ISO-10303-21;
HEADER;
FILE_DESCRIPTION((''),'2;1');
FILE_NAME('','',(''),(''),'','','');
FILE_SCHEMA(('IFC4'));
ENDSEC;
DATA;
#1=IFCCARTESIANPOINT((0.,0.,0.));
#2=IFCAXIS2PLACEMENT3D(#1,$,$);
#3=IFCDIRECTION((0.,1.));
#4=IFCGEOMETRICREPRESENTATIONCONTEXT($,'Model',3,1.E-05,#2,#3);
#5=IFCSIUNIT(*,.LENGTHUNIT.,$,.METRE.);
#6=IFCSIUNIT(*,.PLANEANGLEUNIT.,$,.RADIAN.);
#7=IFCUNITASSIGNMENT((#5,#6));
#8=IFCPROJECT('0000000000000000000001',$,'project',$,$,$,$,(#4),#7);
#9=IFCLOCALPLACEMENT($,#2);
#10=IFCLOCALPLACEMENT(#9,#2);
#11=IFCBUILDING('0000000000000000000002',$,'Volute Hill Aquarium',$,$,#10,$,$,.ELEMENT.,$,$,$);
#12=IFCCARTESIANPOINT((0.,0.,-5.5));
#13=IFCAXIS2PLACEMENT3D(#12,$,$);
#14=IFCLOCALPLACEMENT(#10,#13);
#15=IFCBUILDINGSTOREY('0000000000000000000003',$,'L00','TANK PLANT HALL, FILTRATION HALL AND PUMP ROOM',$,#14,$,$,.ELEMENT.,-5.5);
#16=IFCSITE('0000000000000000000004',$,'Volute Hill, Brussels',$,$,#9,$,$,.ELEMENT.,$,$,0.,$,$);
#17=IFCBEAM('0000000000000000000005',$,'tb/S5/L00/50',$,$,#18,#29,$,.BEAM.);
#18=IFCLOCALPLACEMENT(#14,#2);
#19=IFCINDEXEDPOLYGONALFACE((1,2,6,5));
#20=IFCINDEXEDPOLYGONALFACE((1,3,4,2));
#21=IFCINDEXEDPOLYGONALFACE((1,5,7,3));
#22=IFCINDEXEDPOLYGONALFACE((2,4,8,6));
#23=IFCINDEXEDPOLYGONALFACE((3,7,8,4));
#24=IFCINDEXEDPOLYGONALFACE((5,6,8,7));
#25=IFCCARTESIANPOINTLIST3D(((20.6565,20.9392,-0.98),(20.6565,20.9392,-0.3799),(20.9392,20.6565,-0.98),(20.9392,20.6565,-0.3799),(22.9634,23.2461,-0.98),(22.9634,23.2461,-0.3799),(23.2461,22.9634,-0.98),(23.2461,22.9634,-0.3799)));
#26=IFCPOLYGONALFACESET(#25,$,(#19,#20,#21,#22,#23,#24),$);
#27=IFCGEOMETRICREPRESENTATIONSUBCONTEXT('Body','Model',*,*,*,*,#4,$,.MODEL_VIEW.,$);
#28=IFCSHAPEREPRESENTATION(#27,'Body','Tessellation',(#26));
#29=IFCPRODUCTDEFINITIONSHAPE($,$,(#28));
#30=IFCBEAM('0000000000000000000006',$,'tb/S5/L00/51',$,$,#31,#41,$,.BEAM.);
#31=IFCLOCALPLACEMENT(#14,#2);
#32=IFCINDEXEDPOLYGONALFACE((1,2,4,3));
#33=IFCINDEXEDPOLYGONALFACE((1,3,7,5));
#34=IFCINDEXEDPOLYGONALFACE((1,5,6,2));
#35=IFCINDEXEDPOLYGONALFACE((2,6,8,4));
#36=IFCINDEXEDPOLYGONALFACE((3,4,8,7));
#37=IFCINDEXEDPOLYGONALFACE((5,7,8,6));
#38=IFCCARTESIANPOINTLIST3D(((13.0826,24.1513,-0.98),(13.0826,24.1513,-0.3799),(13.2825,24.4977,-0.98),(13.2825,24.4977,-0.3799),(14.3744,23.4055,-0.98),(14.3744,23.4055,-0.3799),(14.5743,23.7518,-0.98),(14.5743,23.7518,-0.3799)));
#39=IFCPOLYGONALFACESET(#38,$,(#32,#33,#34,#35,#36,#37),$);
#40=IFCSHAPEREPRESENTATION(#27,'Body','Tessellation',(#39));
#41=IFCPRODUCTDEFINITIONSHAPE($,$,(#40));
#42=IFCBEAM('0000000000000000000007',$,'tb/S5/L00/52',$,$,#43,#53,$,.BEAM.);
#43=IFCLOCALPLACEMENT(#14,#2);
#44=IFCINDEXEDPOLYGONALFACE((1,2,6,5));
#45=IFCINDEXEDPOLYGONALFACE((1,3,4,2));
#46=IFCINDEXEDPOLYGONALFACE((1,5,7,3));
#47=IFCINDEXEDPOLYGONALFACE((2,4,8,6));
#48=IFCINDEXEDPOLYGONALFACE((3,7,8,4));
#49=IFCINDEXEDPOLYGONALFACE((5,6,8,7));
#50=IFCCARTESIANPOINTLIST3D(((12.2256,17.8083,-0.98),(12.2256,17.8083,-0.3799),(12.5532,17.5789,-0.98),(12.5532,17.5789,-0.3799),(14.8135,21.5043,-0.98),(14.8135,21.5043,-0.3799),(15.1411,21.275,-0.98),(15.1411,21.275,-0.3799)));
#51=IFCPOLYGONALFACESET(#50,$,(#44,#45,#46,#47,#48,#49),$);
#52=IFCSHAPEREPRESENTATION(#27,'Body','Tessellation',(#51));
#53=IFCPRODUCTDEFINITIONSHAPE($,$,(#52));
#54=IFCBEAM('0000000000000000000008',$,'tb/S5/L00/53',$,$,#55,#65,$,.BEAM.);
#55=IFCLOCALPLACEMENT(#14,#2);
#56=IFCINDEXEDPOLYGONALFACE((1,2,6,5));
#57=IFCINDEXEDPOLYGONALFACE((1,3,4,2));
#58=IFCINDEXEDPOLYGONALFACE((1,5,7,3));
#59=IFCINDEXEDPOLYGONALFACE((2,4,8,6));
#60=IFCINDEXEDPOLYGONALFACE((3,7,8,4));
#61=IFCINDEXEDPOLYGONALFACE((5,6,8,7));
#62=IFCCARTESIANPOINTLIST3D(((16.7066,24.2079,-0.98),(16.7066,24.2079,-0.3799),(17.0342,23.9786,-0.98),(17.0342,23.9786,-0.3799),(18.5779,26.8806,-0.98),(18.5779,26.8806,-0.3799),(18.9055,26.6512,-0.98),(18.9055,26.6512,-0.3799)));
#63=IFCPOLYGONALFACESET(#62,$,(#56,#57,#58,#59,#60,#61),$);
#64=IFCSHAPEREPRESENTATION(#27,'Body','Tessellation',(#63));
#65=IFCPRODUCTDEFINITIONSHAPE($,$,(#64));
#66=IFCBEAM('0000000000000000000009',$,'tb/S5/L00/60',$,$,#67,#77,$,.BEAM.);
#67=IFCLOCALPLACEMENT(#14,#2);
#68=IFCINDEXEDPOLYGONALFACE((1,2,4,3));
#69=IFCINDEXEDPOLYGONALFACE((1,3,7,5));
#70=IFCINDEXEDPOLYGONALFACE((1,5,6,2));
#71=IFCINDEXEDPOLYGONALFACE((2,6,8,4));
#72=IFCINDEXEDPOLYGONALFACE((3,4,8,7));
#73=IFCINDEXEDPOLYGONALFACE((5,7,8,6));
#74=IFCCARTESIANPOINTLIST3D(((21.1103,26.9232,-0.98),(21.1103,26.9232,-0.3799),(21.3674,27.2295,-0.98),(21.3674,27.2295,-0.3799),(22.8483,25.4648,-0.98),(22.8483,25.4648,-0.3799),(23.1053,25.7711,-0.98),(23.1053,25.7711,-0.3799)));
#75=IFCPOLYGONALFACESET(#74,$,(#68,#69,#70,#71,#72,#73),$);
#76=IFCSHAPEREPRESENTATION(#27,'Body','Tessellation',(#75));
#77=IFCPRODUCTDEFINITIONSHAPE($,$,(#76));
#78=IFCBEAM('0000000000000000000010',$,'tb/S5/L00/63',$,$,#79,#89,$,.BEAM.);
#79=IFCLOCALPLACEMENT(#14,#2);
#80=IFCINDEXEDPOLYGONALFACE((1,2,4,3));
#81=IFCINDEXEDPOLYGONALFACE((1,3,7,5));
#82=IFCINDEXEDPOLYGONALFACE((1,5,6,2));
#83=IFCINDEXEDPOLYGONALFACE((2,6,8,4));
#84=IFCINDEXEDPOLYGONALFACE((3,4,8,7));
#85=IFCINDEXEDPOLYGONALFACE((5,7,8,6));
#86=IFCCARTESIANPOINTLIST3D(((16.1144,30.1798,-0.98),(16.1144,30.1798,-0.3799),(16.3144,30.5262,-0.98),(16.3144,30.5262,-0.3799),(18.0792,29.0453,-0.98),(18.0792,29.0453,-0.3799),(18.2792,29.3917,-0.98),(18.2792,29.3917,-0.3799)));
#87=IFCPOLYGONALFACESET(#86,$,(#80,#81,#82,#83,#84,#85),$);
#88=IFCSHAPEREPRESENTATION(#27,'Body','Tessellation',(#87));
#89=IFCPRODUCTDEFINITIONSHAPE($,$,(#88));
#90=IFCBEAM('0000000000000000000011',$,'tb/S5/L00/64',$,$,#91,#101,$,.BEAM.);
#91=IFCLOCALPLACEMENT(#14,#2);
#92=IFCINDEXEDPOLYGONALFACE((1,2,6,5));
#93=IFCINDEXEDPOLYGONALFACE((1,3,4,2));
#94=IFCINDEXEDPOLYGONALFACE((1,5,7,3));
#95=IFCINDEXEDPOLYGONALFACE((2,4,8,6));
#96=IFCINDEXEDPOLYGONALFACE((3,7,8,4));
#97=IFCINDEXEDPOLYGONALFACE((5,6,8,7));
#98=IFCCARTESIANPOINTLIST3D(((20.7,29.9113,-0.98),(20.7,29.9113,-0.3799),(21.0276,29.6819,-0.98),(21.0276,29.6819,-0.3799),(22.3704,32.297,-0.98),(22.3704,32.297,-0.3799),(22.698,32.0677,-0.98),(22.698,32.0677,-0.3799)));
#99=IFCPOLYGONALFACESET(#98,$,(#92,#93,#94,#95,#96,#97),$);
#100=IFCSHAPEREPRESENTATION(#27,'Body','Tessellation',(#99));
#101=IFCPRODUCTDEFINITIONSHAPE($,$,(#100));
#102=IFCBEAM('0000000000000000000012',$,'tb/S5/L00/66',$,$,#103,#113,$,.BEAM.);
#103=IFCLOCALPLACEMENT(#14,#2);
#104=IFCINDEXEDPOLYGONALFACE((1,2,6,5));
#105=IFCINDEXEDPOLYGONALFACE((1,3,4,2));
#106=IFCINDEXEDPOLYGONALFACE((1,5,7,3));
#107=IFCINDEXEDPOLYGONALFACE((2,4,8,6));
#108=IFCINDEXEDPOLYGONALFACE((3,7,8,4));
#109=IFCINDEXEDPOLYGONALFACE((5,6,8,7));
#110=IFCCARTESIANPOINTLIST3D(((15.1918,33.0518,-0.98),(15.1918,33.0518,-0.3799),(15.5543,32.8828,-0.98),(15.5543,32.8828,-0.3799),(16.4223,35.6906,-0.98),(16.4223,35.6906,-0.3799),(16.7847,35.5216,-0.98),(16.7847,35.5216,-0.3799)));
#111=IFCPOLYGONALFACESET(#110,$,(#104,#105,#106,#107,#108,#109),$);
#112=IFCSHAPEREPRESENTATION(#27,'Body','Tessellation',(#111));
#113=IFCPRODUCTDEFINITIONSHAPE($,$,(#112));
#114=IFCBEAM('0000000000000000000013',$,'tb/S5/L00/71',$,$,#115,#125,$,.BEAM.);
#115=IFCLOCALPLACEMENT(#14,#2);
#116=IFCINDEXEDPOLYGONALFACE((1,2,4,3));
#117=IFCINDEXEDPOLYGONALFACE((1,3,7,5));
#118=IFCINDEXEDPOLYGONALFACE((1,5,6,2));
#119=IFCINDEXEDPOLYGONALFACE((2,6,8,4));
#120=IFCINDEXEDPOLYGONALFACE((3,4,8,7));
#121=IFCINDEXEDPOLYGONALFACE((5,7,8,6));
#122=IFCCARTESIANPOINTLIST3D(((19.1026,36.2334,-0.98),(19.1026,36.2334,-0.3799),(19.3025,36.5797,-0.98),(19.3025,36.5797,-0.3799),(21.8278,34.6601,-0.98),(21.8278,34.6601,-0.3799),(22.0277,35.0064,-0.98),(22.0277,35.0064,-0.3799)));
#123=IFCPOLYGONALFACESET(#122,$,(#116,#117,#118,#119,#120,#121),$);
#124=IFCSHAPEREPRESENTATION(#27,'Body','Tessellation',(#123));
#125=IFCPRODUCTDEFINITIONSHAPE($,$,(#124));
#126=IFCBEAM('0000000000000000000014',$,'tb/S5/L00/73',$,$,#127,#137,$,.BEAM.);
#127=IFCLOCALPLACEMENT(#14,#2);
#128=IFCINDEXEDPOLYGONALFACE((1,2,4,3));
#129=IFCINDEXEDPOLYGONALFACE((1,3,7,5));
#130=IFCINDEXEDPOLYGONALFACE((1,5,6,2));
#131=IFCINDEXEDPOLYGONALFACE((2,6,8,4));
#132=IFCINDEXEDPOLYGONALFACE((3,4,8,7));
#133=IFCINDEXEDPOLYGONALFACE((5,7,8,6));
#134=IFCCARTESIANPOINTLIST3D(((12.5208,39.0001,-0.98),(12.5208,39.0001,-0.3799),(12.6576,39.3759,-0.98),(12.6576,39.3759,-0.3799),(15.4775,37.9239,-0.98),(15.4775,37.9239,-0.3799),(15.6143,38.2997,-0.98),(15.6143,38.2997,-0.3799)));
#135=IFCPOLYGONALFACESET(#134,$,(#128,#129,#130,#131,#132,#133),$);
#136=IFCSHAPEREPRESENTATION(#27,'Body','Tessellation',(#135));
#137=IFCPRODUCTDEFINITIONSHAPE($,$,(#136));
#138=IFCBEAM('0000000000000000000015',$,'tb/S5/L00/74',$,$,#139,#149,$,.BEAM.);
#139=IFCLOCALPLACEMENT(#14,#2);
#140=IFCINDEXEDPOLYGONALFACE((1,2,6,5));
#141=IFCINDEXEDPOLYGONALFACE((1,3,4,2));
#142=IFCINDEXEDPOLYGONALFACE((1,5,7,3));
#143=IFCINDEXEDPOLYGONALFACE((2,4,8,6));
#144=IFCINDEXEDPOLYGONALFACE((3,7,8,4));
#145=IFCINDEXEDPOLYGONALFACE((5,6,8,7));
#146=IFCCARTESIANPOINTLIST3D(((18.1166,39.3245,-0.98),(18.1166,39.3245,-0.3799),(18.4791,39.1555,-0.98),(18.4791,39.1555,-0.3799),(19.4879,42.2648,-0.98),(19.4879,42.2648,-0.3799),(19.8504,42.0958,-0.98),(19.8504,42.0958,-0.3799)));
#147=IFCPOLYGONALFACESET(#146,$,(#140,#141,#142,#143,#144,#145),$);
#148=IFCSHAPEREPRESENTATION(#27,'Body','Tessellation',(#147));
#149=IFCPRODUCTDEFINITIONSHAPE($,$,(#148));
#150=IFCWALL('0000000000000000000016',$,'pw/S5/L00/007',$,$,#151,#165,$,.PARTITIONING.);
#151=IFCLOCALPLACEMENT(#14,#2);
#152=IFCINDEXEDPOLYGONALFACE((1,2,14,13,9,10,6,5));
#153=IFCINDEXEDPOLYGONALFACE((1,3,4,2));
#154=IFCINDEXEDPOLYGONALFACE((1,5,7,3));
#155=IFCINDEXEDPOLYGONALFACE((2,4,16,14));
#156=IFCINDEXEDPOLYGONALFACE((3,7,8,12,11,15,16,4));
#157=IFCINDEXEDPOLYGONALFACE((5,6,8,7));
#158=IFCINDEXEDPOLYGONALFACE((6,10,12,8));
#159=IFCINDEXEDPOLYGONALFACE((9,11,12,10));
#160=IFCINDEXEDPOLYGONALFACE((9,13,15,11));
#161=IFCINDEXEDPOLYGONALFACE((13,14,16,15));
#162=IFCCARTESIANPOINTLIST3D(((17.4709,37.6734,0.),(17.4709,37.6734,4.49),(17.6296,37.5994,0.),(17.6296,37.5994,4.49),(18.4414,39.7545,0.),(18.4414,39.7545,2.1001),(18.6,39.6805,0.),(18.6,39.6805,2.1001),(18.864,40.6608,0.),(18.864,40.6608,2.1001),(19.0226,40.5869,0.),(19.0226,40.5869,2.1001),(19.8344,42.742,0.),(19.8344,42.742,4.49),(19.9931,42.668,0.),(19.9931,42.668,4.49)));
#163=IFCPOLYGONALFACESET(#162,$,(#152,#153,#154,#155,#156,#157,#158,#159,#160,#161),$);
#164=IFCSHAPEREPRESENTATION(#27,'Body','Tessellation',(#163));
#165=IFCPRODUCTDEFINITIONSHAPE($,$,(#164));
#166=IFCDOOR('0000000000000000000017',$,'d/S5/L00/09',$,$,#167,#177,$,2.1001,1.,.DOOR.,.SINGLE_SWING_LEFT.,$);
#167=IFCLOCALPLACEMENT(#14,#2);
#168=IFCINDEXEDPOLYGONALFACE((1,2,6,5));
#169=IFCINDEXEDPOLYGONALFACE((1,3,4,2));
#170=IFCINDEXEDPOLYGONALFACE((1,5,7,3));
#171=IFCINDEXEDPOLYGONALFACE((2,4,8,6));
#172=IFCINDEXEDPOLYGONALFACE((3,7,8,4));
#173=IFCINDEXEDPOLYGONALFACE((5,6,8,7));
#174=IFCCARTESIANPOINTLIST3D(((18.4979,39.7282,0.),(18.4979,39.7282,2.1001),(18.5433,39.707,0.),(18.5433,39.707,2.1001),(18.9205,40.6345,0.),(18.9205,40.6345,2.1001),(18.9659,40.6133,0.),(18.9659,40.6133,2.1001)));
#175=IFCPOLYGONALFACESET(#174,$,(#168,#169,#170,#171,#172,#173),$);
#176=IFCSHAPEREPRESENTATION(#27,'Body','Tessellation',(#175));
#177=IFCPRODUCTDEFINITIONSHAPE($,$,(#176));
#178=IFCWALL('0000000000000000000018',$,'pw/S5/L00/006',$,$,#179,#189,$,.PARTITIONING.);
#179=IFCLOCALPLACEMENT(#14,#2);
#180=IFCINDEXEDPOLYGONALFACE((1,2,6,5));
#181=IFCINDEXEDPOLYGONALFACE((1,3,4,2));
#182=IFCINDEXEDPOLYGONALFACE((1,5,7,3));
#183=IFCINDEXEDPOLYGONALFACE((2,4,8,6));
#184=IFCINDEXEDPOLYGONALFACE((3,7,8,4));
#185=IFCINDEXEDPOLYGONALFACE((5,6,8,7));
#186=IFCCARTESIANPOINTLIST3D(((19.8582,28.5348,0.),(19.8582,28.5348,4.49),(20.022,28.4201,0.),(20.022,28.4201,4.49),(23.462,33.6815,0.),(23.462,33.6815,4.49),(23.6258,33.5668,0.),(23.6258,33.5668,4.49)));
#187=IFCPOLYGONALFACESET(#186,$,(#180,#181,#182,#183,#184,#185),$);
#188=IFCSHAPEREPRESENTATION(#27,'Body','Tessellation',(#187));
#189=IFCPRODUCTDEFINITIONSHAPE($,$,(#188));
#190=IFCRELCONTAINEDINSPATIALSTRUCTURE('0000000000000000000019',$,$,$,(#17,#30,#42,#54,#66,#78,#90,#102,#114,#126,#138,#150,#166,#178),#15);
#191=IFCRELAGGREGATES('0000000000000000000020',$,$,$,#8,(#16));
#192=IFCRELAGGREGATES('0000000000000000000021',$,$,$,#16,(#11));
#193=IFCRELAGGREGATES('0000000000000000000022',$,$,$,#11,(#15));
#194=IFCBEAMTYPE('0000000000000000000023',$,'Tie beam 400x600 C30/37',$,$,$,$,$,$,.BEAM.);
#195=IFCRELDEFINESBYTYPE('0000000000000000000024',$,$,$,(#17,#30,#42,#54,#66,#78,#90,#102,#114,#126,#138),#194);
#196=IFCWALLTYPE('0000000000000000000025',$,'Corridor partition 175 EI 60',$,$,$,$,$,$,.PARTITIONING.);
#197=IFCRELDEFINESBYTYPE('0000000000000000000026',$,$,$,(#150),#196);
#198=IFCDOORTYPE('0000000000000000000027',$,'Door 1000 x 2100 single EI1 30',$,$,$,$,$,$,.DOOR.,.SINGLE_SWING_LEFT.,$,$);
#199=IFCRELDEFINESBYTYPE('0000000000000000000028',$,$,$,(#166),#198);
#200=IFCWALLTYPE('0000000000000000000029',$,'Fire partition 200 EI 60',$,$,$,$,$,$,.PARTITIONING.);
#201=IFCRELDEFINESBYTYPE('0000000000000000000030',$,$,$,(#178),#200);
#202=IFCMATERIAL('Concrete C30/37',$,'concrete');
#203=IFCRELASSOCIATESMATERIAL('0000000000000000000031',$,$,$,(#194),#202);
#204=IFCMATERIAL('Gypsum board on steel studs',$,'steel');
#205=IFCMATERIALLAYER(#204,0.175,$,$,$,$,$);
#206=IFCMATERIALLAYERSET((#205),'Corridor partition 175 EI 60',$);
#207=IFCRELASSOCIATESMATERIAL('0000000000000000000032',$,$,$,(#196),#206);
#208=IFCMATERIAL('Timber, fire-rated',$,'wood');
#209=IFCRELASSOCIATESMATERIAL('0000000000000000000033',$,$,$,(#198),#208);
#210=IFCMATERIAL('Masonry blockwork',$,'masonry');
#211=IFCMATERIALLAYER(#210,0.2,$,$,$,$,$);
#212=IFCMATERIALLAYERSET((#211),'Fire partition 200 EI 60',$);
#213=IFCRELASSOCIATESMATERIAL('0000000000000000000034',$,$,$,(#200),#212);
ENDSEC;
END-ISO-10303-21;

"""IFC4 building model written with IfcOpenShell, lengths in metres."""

from ifc_helpers import new_model, si_unit, direction, frame, frame_2d, origin, origin_2d, place, context, subcontext, project, spatial, rectangle, extrude, material, layer, layer_set, material_profile, profile_set, type_object, element, fill, save


model = new_model("IFC4")

# Units and contexts
model_context = context("Model", 3, precision=1e-05, world=origin(), true_north=direction((0.0, 1.0)))
body_context = subcontext(model_context, "Body", "Model", "MODEL_VIEW")
ifc_project = project(units=[si_unit("LENGTHUNIT", "METRE"), si_unit("PLANEANGLEUNIT", "RADIAN")], contexts=[model_context])

# Site, building, storey
site_placement = place(None, origin())
site = spatial("IfcSite", under=ifc_project, at=site_placement, Name="Volute Hill, Brussels", CompositionType="ELEMENT", RefElevation=0.0)
building_placement = place(site_placement, origin())
building = spatial("IfcBuilding", under=site, at=building_placement, Name="Volute Hill Aquarium", CompositionType="ELEMENT")
storey_placement = place(building_placement, frame((0.0, 0.0, -5.5)))
storey = spatial("IfcBuildingStorey", under=building, at=storey_placement, Name="L00", Description="TANK PLANT HALL, FILTRATION HALL AND PUMP ROOM", CompositionType="ELEMENT", Elevation=-5.5)

# Beams
ifc_material_1 = material(Name="Concrete C30/37", Category="concrete")
ifc_material_profile_1 = material_profile(ifc_material_1, rectangle(XDim=0.3999, YDim=0.6001, at=origin_2d()), Name="RC tie beam 400x600")
ifc_profile_set_1 = profile_set([ifc_material_profile_1], Name="Concrete C30/37")
beam_type = type_object("IfcBeamType", Name="Tie beam 400x600 C30/37", PredefinedType="BEAM", material=ifc_profile_set_1)
beam_1_placement = place(storey_placement, frame((20.7979, 20.7979, -0.6799), z_axis=(0.707107, 0.707107, 0.0), x_axis=(-0.707107, 0.707107, 0.0)))
element("IfcBeam", 1, at=beam_1_placement, inside=storey, type_object=beam_type, Name="tb/S5/L00/50", PredefinedType="BEAM", context=body_context, shape_type="SweptSolid", body=[
    extrude(rectangle(XDim=0.3999, YDim=0.6001, at=origin_2d()), origin(), (0.0, 0.0, 1.0), 3.2625),
])
beam_2_placement = place(storey_placement, frame((14.4744, 23.5786, -0.6799), z_axis=(-0.866008, 0.500029, 0.0), x_axis=(-0.500029, -0.866008, 0.0)))
element("IfcBeam", 2, at=beam_2_placement, inside=storey, type_object=beam_type, Name="tb/S5/L00/51", PredefinedType="BEAM", context=body_context, shape_type="SweptSolid", body=[
    extrude(rectangle(XDim=0.3999, YDim=0.6001, at=origin_2d()), origin(), (0.0, 0.0, 1.0), 1.4917),
])
beam_3_placement = place(storey_placement, frame((14.9773, 21.3896, -0.6799), z_axis=(-0.57356, -0.819163, 0.0), x_axis=(0.819163, -0.57356, 0.0)))
element("IfcBeam", 3, at=beam_3_placement, inside=storey, type_object=beam_type, Name="tb/S5/L00/52", PredefinedType="BEAM", context=body_context, shape_type="SweptSolid", body=[
    extrude(rectangle(XDim=0.3999, YDim=0.6001, at=origin_2d()), origin(), (0.0, 0.0, 1.0), 4.512),
])
beam_4_placement = place(storey_placement, frame((16.8704, 24.0933, -0.6799), z_axis=(0.573568, 0.819158, 0.0), x_axis=(-0.819158, 0.573568, 0.0)))
element("IfcBeam", 4, at=beam_4_placement, inside=storey, type_object=beam_type, Name="tb/S5/L00/53", PredefinedType="BEAM", context=body_context, shape_type="SweptSolid", body=[
    extrude(rectangle(XDim=0.3999, YDim=0.6001, at=origin_2d()), origin(), (0.0, 0.0, 1.0), 3.2627),
])
for number, where, z_axis, x_axis, name in (
    (5, (22.9768, 25.6179, -0.6799), (-0.766021, 0.642816, 0.0), (-0.642816, -0.766021, 0.0), "tb/S5/L00/60"),
    (6, (18.1792, 29.2185, -0.6799), (-0.866003, 0.500039, 0.0), (-0.500039, -0.866003, 0.0), "tb/S5/L00/63"),
):
    element("IfcBeam", number, at=place(storey_placement, frame(where, z_axis=z_axis, x_axis=x_axis)), inside=storey, type_object=beam_type, Name=name, PredefinedType="BEAM", context=body_context, shape_type="SweptSolid", body=[
        extrude(rectangle(XDim=0.3999, YDim=0.6001, at=origin_2d()), origin(), (0.0, 0.0, 1.0), 2.2688),
    ])
beam_5_placement = place(storey_placement, frame((20.8638, 29.7966, -0.6799), z_axis=(0.573552, 0.819169, 0.0), x_axis=(-0.819169, 0.573552, 0.0)))
element("IfcBeam", 7, at=beam_5_placement, inside=storey, type_object=beam_type, Name="tb/S5/L00/64", PredefinedType="BEAM", context=body_context, shape_type="SweptSolid", body=[
    extrude(rectangle(XDim=0.3999, YDim=0.6001, at=origin_2d()), origin(), (0.0, 0.0, 1.0), 2.9124),
])
beam_6_placement = place(storey_placement, frame((15.373, 32.9673, -0.6799), z_axis=(0.422596, 0.906318, 0.0), x_axis=(-0.906318, 0.422596, 0.0)))
element("IfcBeam", 8, at=beam_6_placement, inside=storey, type_object=beam_type, Name="tb/S5/L00/66", PredefinedType="BEAM", context=body_context, shape_type="SweptSolid", body=[
    extrude(rectangle(XDim=0.3999, YDim=0.6001, at=origin_2d()), origin(), (0.0, 0.0, 1.0), 2.9116),
])
beam_7_placement = place(storey_placement, frame((21.9277, 34.8333, -0.6799), z_axis=(-0.866038, 0.499978, 0.0), x_axis=(-0.499978, -0.866038, 0.0)))
element("IfcBeam", 9, at=beam_7_placement, inside=storey, type_object=beam_type, Name="tb/S5/L00/71", PredefinedType="BEAM", context=body_context, shape_type="SweptSolid", body=[
    extrude(rectangle(XDim=0.3999, YDim=0.6001, at=origin_2d()), origin(), (0.0, 0.0, 1.0), 3.1467),
])
beam_8_placement = place(storey_placement, frame((15.5459, 38.1118, -0.6799), z_axis=(-0.939694, 0.342017, 0.0), x_axis=(-0.342017, -0.939694, 0.0)))
element("IfcBeam", 10, at=beam_8_placement, inside=storey, type_object=beam_type, Name="tb/S5/L00/73", PredefinedType="BEAM", context=body_context, shape_type="SweptSolid", body=[
    extrude(rectangle(XDim=0.3999, YDim=0.6001, at=origin_2d()), origin(), (0.0, 0.0, 1.0), 3.1465),
])
beam_9_placement = place(storey_placement, frame((18.2979, 39.24, -0.6799), z_axis=(0.422667, 0.906285, 0.0), x_axis=(-0.906285, 0.422667, 0.0)))
element("IfcBeam", 11, at=beam_9_placement, inside=storey, type_object=beam_type, Name="tb/S5/L00/74", PredefinedType="BEAM", context=body_context, shape_type="SweptSolid", body=[
    extrude(rectangle(XDim=0.3999, YDim=0.6001, at=origin_2d()), origin(), (0.0, 0.0, 1.0), 3.2444),
])

# Wall, opening, door
ifc_material_2 = material(Name="Gypsum board on steel studs", Category="steel")
ifc_layer_1 = layer(ifc_material_2, 0.175)
ifc_layer_set_1 = layer_set([ifc_layer_1], Name="Corridor partition 175 EI 60")
wall_type_1 = type_object("IfcWallType", Name="Corridor partition 175 EI 60", PredefinedType="PARTITIONING", material=ifc_layer_set_1)
wall_1_placement = place(storey_placement, frame((19.9138, 42.7051, 0.0), z_axis=(0.0, 0.0, 1.0), x_axis=(-0.422618, -0.906308, 0.0)))
wall_1 = element("IfcWall", 12, at=wall_1_placement, inside=storey, type_object=wall_type_1, Name="pw/S5/L00/007", PredefinedType="PARTITIONING", context=body_context, shape_type="SweptSolid", body=[
    extrude(rectangle(XDim=5.5925, YDim=0.175, at=frame_2d((2.7964, 0.0))), origin(), (0.0, 0.0, 1.0), 4.49),
])
opening_1_placement = place(wall_1_placement, frame((2.2964, 0.0, 0.0)))
opening_1 = element("IfcOpeningElement", 13, at=opening_1_placement, cuts=wall_1, PredefinedType="OPENING", context=body_context, shape_type="SweptSolid", body=[
    extrude(rectangle(XDim=1.0, YDim=2.1001, at=frame_2d((0.5, 1.05))), frame((0.0, 0.0974, 0.0), z_axis=(0.0, -1.0, 0.0), x_axis=(1.0, 0.0, 0.0)), (0.0, 0.0, 1.0), 0.1951),
])
ifc_material_3 = material(Name="Timber, fire-rated", Category="wood")
door_type_1 = type_object("IfcDoorType", Name="Door 1000 x 2100 single EI1 30", OperationType="SINGLE_SWING_LEFT", PredefinedType="DOOR", material=ifc_material_3)
door_1_placement = place(opening_1_placement, origin())
door_1 = element("IfcDoor", 14, at=door_1_placement, inside=storey, type_object=door_type_1, Name="d/S5/L00/09", OperationType="SINGLE_SWING_LEFT", OverallHeight=2.1001, OverallWidth=1.0, PredefinedType="DOOR", context=body_context, shape_type="SweptSolid", body=[
    extrude(rectangle(XDim=1.0, YDim=2.1001, at=frame_2d((0.5, 1.05))), frame((0.0, 0.0249, 0.0), z_axis=(0.0, -1.0, 0.0), x_axis=(1.0, 0.0, 0.0)), (0.0, 0.0, 1.0), 0.05),
])
fill(opening_1, door_1)

# Wall
ifc_material_4 = material(Name="Masonry blockwork", Category="masonry")
ifc_layer_2 = layer(ifc_material_4, 0.2)
ifc_layer_set_2 = layer_set([ifc_layer_2], Name="Fire partition 200 EI 60")
wall_type_2 = type_object("IfcWallType", Name="Fire partition 200 EI 60", PredefinedType="PARTITIONING", material=ifc_layer_set_2)
wall_2_placement = place(storey_placement, frame((23.5439, 33.6243, 0.0), z_axis=(0.0, 0.0, 1.0), x_axis=(-0.573574, -0.819153, 0.0)))
element("IfcWall", 15, at=wall_2_placement, inside=storey, type_object=wall_type_2, Name="pw/S5/L00/006", PredefinedType="PARTITIONING", context=body_context, shape_type="SweptSolid", body=[
    extrude(rectangle(XDim=6.283, YDim=0.2, at=frame_2d((3.1416, 0.0))), origin(), (0.0, 0.0, 1.0), 4.49),
])

save(model, "model.ifc")
